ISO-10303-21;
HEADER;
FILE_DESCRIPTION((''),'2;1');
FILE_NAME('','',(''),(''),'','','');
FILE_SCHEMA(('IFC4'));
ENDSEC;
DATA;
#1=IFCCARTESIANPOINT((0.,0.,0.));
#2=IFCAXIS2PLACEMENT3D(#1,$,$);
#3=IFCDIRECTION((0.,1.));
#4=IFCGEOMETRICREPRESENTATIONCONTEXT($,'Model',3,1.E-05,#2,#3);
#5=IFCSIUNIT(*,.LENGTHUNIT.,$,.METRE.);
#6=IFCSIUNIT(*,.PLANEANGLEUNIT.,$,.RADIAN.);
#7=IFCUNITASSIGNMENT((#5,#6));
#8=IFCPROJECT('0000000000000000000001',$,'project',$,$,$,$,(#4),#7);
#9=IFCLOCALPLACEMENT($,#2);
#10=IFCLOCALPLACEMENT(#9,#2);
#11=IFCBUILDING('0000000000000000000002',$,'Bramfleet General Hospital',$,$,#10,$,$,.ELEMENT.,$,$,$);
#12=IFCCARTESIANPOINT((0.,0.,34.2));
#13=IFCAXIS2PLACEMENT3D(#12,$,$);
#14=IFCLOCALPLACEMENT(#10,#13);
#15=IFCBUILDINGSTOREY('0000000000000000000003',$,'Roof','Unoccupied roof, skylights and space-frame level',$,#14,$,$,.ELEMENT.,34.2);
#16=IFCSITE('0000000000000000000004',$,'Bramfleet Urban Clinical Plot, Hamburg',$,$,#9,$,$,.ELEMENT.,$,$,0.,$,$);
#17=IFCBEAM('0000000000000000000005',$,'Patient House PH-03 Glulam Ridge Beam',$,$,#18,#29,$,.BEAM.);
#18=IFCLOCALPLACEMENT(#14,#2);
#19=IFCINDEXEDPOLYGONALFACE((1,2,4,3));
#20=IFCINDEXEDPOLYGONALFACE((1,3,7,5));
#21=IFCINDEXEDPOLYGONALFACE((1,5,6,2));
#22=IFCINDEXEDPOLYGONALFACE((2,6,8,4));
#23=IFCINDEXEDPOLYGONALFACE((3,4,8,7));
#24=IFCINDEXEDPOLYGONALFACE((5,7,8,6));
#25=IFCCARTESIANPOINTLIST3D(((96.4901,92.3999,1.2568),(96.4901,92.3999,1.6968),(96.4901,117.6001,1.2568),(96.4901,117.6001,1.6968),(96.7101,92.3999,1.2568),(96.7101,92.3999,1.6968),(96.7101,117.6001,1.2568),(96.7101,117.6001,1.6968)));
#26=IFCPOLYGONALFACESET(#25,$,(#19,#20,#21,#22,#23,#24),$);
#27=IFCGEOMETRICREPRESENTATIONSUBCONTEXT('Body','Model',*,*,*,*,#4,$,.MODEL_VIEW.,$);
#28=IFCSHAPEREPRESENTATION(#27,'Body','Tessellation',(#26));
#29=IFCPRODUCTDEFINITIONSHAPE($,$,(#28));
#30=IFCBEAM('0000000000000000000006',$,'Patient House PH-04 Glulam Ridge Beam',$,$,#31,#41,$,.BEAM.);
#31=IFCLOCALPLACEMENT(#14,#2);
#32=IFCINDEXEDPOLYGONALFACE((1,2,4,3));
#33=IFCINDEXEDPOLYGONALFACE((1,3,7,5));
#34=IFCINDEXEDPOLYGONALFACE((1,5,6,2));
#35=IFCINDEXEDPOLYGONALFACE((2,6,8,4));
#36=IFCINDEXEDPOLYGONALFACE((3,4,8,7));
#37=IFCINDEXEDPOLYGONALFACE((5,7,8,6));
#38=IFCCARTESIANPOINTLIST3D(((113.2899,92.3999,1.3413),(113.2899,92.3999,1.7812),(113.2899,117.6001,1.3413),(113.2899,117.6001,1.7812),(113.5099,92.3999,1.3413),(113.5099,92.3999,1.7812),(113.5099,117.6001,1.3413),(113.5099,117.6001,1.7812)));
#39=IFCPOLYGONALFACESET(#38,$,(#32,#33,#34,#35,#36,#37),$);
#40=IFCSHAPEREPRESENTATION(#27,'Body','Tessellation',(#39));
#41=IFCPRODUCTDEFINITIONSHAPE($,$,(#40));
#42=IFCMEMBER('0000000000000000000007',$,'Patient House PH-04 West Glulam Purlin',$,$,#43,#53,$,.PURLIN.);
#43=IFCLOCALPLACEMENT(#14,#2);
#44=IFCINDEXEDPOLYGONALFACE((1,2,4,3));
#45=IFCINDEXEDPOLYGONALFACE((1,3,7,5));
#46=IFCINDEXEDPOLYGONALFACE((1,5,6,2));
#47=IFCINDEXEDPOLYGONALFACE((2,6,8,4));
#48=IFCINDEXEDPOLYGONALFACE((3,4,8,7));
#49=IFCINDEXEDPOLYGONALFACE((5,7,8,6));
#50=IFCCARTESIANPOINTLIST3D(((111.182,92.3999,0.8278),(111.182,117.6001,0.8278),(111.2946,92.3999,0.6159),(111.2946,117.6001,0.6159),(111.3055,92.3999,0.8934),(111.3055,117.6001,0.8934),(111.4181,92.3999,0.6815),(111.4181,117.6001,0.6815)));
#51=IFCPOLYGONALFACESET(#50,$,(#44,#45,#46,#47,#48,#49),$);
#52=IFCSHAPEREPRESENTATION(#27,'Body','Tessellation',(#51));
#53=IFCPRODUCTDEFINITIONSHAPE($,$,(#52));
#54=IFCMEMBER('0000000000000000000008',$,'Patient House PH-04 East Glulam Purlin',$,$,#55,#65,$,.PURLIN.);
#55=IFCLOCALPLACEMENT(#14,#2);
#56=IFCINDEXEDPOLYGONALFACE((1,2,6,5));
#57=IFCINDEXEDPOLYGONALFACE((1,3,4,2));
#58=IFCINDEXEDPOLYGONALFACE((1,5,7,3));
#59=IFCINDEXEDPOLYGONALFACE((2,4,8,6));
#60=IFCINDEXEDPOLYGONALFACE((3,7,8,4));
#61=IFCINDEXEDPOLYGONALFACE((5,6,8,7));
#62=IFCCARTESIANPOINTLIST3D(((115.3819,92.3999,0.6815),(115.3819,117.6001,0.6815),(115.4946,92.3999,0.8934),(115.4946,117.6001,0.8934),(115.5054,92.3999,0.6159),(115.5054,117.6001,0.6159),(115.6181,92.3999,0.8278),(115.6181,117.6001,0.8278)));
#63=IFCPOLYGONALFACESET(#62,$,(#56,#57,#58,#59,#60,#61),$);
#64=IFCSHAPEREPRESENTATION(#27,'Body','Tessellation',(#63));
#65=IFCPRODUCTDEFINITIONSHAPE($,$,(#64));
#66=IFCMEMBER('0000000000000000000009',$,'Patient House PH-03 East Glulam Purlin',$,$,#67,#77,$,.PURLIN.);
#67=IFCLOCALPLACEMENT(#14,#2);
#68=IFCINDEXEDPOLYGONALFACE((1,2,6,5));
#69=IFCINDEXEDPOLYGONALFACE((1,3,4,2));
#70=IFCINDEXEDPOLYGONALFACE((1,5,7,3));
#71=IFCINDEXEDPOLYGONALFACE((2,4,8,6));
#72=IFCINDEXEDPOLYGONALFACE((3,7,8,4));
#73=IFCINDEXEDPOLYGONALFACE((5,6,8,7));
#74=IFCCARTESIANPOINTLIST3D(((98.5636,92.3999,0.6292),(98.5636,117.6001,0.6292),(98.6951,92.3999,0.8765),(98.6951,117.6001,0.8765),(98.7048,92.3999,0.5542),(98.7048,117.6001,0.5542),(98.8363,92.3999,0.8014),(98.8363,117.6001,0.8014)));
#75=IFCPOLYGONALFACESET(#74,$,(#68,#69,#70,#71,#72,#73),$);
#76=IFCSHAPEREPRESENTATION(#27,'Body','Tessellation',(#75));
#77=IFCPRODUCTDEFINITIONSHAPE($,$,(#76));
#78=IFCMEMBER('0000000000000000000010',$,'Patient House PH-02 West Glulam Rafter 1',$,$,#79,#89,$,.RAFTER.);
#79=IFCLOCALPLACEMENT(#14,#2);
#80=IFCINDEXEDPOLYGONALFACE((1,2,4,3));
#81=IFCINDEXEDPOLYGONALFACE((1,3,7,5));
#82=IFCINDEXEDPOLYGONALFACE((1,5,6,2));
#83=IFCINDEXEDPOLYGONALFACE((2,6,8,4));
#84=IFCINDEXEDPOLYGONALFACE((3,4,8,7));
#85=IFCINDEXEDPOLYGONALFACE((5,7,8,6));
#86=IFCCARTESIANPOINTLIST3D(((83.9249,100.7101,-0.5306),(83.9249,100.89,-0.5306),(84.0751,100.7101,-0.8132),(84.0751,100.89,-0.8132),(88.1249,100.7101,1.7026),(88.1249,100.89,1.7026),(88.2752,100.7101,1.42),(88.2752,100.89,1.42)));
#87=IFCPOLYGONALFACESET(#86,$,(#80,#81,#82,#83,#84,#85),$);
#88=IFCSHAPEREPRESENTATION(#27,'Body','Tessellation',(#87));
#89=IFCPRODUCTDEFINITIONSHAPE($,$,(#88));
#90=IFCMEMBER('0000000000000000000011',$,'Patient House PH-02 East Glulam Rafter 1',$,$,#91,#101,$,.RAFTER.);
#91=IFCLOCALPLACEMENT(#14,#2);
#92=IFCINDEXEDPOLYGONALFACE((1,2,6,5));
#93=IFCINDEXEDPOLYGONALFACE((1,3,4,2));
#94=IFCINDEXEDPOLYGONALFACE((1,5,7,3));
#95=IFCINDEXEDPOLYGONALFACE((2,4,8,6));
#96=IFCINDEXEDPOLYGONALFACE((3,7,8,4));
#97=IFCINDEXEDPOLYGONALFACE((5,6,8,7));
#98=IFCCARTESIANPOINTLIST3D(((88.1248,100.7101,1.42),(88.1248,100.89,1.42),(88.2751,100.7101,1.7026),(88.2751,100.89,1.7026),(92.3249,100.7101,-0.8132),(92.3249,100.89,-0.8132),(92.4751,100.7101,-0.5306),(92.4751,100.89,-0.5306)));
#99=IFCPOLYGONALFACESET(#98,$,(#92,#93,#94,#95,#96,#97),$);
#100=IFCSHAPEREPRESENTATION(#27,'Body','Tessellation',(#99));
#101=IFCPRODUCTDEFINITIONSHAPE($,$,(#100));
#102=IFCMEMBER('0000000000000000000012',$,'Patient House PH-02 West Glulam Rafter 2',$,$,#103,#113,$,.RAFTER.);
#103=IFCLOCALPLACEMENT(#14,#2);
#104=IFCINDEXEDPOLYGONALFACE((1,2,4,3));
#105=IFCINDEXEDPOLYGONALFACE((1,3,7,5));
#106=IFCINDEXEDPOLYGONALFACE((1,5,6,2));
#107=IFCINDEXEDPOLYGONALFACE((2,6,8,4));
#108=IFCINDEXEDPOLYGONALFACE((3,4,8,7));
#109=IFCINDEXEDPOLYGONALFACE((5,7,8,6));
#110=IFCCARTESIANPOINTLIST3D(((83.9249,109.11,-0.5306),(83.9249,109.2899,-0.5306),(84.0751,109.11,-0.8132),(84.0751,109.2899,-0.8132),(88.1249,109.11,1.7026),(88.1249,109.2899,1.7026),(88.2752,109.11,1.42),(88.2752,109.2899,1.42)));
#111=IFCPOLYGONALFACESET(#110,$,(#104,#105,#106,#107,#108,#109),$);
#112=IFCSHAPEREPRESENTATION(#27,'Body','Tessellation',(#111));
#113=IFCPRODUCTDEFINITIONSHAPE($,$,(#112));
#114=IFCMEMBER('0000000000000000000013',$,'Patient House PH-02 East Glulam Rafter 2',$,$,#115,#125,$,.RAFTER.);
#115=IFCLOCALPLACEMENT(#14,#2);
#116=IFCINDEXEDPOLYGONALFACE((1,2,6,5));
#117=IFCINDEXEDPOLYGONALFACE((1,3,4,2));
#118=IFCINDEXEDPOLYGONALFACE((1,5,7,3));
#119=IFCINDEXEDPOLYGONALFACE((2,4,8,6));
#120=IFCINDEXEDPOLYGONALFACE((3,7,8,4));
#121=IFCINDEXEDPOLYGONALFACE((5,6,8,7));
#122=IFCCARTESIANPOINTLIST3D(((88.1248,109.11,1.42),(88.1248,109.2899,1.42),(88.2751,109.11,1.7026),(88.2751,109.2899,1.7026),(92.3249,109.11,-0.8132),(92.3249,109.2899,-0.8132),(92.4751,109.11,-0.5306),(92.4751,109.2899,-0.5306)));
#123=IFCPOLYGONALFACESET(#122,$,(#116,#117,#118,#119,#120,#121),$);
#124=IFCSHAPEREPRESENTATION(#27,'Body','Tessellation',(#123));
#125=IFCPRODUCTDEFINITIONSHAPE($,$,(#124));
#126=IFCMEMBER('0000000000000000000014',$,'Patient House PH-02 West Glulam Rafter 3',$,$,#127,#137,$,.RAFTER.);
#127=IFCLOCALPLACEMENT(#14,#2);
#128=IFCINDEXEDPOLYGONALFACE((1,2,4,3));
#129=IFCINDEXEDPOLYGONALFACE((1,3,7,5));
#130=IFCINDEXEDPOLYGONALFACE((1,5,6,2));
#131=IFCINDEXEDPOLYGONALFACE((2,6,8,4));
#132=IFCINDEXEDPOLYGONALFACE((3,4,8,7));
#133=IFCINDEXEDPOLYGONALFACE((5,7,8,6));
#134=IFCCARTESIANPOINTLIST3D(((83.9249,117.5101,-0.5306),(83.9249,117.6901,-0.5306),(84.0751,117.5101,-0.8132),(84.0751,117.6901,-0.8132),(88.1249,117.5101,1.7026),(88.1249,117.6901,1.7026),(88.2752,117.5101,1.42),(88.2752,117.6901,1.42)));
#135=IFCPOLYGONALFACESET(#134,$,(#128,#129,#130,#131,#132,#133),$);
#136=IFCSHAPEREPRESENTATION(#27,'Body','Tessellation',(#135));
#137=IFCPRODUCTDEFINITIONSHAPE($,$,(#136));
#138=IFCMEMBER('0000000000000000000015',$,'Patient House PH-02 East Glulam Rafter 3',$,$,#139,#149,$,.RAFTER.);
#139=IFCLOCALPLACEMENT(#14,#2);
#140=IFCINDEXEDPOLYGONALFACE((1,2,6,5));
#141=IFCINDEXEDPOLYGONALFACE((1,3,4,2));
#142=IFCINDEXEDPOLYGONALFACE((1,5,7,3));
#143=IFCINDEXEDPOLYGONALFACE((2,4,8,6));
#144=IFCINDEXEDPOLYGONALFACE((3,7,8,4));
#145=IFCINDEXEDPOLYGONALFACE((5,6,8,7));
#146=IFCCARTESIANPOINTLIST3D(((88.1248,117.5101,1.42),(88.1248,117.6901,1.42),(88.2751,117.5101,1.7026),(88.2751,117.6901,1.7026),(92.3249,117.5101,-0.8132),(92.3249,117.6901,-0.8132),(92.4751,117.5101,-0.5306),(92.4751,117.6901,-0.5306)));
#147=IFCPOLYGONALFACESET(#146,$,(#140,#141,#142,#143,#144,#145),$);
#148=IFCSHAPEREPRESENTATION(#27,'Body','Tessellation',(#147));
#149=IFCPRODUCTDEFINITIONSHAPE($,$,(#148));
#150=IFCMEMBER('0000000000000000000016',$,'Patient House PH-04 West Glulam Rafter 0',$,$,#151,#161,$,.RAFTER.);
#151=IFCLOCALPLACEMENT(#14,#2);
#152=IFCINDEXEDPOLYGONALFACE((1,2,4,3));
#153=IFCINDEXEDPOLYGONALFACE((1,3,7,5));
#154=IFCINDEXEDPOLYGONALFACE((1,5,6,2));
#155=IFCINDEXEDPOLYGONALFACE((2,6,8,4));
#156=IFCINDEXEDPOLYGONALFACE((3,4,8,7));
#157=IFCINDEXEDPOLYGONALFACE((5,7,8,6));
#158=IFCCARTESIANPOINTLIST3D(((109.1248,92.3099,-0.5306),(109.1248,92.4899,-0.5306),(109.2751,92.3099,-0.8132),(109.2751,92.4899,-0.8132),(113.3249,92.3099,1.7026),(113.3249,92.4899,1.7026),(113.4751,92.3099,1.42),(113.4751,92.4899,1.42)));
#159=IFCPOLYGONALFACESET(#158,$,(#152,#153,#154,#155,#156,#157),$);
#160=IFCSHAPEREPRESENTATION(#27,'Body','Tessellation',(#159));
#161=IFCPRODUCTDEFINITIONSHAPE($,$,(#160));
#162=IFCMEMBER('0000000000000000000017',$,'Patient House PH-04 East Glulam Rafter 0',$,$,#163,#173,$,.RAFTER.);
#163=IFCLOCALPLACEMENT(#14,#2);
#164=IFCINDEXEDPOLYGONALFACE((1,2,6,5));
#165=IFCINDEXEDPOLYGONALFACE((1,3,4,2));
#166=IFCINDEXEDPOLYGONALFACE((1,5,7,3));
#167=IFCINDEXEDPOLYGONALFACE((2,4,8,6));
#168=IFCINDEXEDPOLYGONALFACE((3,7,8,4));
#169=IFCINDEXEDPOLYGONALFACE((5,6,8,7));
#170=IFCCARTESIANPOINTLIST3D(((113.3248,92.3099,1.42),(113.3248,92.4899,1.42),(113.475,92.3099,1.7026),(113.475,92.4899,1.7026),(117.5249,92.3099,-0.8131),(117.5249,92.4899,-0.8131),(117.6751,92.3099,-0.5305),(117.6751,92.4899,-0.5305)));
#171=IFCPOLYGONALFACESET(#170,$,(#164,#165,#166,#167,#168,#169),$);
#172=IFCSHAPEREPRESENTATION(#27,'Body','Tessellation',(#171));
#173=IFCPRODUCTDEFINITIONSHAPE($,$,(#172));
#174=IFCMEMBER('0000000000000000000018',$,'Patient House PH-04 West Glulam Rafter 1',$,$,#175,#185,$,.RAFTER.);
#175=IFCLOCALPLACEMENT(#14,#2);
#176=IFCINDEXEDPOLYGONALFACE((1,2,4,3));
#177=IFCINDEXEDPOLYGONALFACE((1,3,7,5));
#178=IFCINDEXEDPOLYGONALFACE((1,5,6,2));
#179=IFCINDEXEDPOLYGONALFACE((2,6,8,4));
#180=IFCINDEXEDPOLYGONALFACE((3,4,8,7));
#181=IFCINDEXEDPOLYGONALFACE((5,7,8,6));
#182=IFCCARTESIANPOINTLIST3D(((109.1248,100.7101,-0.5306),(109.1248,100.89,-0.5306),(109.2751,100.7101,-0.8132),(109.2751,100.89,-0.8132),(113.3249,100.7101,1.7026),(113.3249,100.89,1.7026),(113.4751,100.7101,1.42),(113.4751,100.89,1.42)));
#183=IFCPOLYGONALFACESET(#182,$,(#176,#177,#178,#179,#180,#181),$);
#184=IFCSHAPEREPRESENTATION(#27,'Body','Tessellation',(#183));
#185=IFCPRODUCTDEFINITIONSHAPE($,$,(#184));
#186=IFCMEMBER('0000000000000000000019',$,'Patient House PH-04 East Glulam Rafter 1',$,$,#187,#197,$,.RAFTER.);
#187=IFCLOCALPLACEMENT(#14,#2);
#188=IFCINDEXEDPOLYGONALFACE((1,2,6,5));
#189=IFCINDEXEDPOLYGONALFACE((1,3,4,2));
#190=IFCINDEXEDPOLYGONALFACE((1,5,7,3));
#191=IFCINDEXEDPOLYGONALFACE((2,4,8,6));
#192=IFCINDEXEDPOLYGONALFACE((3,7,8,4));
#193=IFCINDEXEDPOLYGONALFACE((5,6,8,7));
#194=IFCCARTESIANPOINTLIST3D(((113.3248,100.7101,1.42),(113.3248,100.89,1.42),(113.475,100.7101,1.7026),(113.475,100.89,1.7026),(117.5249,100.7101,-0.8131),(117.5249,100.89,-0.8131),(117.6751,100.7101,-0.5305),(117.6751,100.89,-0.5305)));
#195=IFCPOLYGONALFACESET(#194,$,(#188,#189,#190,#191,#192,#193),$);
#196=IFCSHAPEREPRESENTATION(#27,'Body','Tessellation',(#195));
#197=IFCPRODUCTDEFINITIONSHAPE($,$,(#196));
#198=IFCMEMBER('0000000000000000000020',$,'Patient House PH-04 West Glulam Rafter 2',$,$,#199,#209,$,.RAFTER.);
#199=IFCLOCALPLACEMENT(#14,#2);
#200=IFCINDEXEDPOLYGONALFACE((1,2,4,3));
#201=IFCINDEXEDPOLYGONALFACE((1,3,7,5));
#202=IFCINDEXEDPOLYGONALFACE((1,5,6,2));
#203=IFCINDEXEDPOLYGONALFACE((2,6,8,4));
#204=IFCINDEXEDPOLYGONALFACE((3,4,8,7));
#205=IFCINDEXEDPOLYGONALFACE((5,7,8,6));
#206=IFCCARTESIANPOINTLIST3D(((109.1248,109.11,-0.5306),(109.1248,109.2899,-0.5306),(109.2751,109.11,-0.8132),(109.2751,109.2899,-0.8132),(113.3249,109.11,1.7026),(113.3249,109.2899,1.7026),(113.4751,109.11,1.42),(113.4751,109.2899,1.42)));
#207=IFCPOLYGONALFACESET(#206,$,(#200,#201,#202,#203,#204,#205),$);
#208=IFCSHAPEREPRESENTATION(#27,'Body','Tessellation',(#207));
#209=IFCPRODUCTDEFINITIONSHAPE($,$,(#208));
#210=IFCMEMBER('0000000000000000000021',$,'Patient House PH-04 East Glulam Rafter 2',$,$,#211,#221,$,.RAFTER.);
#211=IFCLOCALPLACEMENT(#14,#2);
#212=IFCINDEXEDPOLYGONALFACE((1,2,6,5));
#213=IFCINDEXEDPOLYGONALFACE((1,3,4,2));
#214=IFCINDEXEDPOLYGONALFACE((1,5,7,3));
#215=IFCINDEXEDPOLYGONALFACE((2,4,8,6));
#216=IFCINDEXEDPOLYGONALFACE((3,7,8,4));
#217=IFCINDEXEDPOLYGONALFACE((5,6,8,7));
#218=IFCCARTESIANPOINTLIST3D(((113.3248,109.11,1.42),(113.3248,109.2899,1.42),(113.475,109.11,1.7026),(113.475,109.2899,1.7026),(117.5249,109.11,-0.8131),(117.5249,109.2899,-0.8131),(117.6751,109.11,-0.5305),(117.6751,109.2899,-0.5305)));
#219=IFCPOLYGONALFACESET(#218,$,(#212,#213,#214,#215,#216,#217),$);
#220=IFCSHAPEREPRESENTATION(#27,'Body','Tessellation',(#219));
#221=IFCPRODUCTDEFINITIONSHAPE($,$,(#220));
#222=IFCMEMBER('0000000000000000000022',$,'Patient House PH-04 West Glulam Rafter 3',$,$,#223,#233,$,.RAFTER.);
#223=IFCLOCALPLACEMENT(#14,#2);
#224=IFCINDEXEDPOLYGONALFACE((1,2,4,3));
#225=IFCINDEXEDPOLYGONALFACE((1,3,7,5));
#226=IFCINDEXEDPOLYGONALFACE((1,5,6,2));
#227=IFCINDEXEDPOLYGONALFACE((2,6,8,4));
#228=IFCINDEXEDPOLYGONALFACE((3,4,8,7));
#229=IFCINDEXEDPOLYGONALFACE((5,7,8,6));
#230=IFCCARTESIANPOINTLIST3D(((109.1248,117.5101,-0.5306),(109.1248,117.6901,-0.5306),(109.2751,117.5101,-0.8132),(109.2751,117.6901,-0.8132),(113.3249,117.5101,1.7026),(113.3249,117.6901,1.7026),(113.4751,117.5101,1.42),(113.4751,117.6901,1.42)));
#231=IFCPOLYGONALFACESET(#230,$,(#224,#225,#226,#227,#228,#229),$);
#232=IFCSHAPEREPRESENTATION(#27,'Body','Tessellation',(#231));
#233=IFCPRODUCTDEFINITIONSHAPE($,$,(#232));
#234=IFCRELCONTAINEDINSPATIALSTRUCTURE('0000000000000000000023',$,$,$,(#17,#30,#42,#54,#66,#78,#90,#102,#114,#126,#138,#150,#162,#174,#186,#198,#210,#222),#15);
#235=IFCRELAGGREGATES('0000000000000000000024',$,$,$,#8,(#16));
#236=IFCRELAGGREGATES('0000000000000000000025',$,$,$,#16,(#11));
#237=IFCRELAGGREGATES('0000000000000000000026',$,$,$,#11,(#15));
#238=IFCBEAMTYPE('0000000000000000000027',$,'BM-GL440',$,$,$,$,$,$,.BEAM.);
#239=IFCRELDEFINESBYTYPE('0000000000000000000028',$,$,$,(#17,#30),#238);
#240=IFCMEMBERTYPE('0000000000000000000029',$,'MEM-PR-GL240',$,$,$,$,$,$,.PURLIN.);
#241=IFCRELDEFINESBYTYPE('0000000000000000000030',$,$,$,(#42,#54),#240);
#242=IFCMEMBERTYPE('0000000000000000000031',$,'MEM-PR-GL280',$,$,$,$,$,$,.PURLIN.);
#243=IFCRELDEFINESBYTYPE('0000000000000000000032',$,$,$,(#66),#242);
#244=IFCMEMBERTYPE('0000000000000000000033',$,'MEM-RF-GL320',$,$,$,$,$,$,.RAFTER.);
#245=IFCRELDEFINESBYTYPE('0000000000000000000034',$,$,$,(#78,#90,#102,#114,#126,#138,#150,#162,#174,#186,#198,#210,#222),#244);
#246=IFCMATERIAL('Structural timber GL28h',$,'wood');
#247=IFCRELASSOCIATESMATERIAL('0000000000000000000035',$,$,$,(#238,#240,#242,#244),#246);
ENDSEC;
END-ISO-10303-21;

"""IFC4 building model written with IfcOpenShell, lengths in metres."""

from ifc_helpers import new_model, si_unit, direction, frame, origin, origin_2d, place, context, subcontext, project, spatial, rectangle, extrude, material, material_profile, profile_set, type_object, element, save


model = new_model("IFC4")

# Units and contexts
model_context = context("Model", 3, precision=1e-05, world=origin(), true_north=direction((0.0, 1.0)))
body_context = subcontext(model_context, "Body", "Model", "MODEL_VIEW")
ifc_project = project(units=[si_unit("LENGTHUNIT", "METRE"), si_unit("PLANEANGLEUNIT", "RADIAN")], contexts=[model_context])

# Site, building, storey
site_placement = place(None, origin())
site = spatial("IfcSite", under=ifc_project, at=site_placement, Name="Bramfleet Urban Clinical Plot, Hamburg", CompositionType="ELEMENT", RefElevation=0.0)
building_placement = place(site_placement, origin())
building = spatial("IfcBuilding", under=site, at=building_placement, Name="Bramfleet General Hospital", CompositionType="ELEMENT")
storey_placement = place(building_placement, frame((0.0, 0.0, 34.2)))
storey = spatial("IfcBuildingStorey", under=building, at=storey_placement, Name="Roof", Description="Unoccupied roof, skylights and space-frame level", CompositionType="ELEMENT", Elevation=34.2)

# Beams
ifc_material_1 = material(Name="Structural timber GL28h", Category="wood")
ifc_material_profile_1 = material_profile(ifc_material_1, rectangle(XDim=0.22, YDim=0.4399, at=origin_2d()), Name="GL28h 440x220")
ifc_profile_set_1 = profile_set([ifc_material_profile_1], Name="Structural timber GL28h")
beam_type = type_object("IfcBeamType", Name="BM-GL440", PredefinedType="BEAM", material=ifc_profile_set_1)
for number, where, z_axis, x_axis, name in (
    (1, (96.6001, 92.3999, 1.4768), (0.0, 1.0, 0.0), (-1.0, 0.0, 0.0), "Patient House PH-03 Glulam Ridge Beam"),
    (2, (113.3999, 92.3999, 1.5613), (0.0, 1.0, 0.0), (-1.0, 0.0, 0.0), "Patient House PH-04 Glulam Ridge Beam"),
):
    element("IfcBeam", number, at=place(storey_placement, frame(where, z_axis=z_axis, x_axis=x_axis)), inside=storey, type_object=beam_type, Name=name, PredefinedType="BEAM", context=body_context, shape_type="SweptSolid", body=[
        extrude(rectangle(XDim=0.22, YDim=0.4399, at=origin_2d()), origin(), (0.0, 0.0, 1.0), 25.2002),
    ])

# Members
ifc_material_profile_2 = material_profile(ifc_material_1, rectangle(XDim=0.1399, YDim=0.24, at=origin_2d()), Name="GL28h 240x140")
ifc_profile_set_2 = profile_set([ifc_material_profile_2], Name="Structural timber GL28h")
member_type_1 = type_object("IfcMemberType", Name="MEM-PR-GL240", PredefinedType="PURLIN", material=ifc_profile_set_2)
for number, where, z_axis, x_axis, name in (
    (3, (111.3, 92.3999, 0.7546), (0.0, 1.0, 0.0), (-0.882948, 0.0, -0.469472), "Patient House PH-04 West Glulam Purlin"),
    (4, (115.5, 92.3999, 0.7546), (0.0, 1.0, 0.0), (-0.882948, 0.0, 0.469472), "Patient House PH-04 East Glulam Purlin"),
):
    element("IfcMember", number, at=place(storey_placement, frame(where, z_axis=z_axis, x_axis=x_axis)), inside=storey, type_object=member_type_1, Name=name, PredefinedType="PURLIN", context=body_context, shape_type="SweptSolid", body=[
        extrude(rectangle(XDim=0.1399, YDim=0.24, at=origin_2d()), origin(), (0.0, 0.0, 1.0), 25.2002),
    ])
ifc_material_profile_3 = material_profile(ifc_material_1, rectangle(XDim=0.1599, YDim=0.28, at=origin_2d()), Name="GL28h 280x160")
ifc_profile_set_3 = profile_set([ifc_material_profile_3], Name="Structural timber GL28h")
member_type_2 = type_object("IfcMemberType", Name="MEM-PR-GL280", PredefinedType="PURLIN", material=ifc_profile_set_3)
member_placement = place(storey_placement, frame((98.7, 92.3999, 0.7153), z_axis=(0.0, 1.0, 0.0), x_axis=(-0.882948, 0.0, 0.469472)))
element("IfcMember", 5, at=member_placement, inside=storey, type_object=member_type_2, Name="Patient House PH-03 East Glulam Purlin", PredefinedType="PURLIN", context=body_context, shape_type="SweptSolid", body=[
    extrude(rectangle(XDim=0.1599, YDim=0.28, at=origin_2d()), origin(), (0.0, 0.0, 1.0), 25.2002),
])
ifc_material_profile_4 = material_profile(ifc_material_1, rectangle(XDim=0.1799, YDim=0.3201, at=origin_2d()), Name="GL28h 320x180")
ifc_profile_set_4 = profile_set([ifc_material_profile_4], Name="Structural timber GL28h")
member_type_3 = type_object("IfcMemberType", Name="MEM-RF-GL320", PredefinedType="RAFTER", material=ifc_profile_set_4)
for number, where, z_axis, x_axis, name in (
    (6, (84.0, 100.8, -0.6719), (0.882948, 0.0, 0.469472), (0.0, 1.0, 0.0), "Patient House PH-02 West Glulam Rafter 1"),
    (7, (88.2, 100.8, 1.5613), (0.882948, 0.0, -0.469472), (0.0, 1.0, 0.0), "Patient House PH-02 East Glulam Rafter 1"),
    (8, (84.0, 109.2, -0.6719), (0.882948, 0.0, 0.469472), (0.0, 1.0, 0.0), "Patient House PH-02 West Glulam Rafter 2"),
    (9, (88.2, 109.2, 1.5613), (0.882948, 0.0, -0.469472), (0.0, 1.0, 0.0), "Patient House PH-02 East Glulam Rafter 2"),
    (10, (84.0, 117.6001, -0.6719), (0.882948, 0.0, 0.469472), (0.0, 1.0, 0.0), "Patient House PH-02 West Glulam Rafter 3"),
    (11, (88.2, 117.6001, 1.5613), (0.882948, 0.0, -0.469472), (0.0, 1.0, 0.0), "Patient House PH-02 East Glulam Rafter 3"),
    (12, (109.2, 92.3999, -0.6719), (0.882948, 0.0, 0.469472), (0.0, 1.0, 0.0), "Patient House PH-04 West Glulam Rafter 0"),
    (13, (113.3999, 92.3999, 1.5613), (0.882959, 0.0, -0.46945), (0.0, 1.0, 0.0), "Patient House PH-04 East Glulam Rafter 0"),
    (14, (109.2, 100.8, -0.6719), (0.882948, 0.0, 0.469472), (0.0, 1.0, 0.0), "Patient House PH-04 West Glulam Rafter 1"),
    (15, (113.3999, 100.8, 1.5613), (0.882959, 0.0, -0.46945), (0.0, 1.0, 0.0), "Patient House PH-04 East Glulam Rafter 1"),
    (16, (109.2, 109.2, -0.6719), (0.882948, 0.0, 0.469472), (0.0, 1.0, 0.0), "Patient House PH-04 West Glulam Rafter 2"),
    (17, (113.3999, 109.2, 1.5613), (0.882959, 0.0, -0.46945), (0.0, 1.0, 0.0), "Patient House PH-04 East Glulam Rafter 2"),
    (18, (109.2, 117.6001, -0.6719), (0.882948, 0.0, 0.469472), (0.0, 1.0, 0.0), "Patient House PH-04 West Glulam Rafter 3"),
):
    element("IfcMember", number, at=place(storey_placement, frame(where, z_axis=z_axis, x_axis=x_axis)), inside=storey, type_object=member_type_3, Name=name, PredefinedType="RAFTER", context=body_context, shape_type="SweptSolid", body=[
        extrude(rectangle(XDim=0.1799, YDim=0.3201, at=origin_2d()), origin(), (0.0, 0.0, 1.0), 4.7568),
    ])

save(model, "model.ifc")
